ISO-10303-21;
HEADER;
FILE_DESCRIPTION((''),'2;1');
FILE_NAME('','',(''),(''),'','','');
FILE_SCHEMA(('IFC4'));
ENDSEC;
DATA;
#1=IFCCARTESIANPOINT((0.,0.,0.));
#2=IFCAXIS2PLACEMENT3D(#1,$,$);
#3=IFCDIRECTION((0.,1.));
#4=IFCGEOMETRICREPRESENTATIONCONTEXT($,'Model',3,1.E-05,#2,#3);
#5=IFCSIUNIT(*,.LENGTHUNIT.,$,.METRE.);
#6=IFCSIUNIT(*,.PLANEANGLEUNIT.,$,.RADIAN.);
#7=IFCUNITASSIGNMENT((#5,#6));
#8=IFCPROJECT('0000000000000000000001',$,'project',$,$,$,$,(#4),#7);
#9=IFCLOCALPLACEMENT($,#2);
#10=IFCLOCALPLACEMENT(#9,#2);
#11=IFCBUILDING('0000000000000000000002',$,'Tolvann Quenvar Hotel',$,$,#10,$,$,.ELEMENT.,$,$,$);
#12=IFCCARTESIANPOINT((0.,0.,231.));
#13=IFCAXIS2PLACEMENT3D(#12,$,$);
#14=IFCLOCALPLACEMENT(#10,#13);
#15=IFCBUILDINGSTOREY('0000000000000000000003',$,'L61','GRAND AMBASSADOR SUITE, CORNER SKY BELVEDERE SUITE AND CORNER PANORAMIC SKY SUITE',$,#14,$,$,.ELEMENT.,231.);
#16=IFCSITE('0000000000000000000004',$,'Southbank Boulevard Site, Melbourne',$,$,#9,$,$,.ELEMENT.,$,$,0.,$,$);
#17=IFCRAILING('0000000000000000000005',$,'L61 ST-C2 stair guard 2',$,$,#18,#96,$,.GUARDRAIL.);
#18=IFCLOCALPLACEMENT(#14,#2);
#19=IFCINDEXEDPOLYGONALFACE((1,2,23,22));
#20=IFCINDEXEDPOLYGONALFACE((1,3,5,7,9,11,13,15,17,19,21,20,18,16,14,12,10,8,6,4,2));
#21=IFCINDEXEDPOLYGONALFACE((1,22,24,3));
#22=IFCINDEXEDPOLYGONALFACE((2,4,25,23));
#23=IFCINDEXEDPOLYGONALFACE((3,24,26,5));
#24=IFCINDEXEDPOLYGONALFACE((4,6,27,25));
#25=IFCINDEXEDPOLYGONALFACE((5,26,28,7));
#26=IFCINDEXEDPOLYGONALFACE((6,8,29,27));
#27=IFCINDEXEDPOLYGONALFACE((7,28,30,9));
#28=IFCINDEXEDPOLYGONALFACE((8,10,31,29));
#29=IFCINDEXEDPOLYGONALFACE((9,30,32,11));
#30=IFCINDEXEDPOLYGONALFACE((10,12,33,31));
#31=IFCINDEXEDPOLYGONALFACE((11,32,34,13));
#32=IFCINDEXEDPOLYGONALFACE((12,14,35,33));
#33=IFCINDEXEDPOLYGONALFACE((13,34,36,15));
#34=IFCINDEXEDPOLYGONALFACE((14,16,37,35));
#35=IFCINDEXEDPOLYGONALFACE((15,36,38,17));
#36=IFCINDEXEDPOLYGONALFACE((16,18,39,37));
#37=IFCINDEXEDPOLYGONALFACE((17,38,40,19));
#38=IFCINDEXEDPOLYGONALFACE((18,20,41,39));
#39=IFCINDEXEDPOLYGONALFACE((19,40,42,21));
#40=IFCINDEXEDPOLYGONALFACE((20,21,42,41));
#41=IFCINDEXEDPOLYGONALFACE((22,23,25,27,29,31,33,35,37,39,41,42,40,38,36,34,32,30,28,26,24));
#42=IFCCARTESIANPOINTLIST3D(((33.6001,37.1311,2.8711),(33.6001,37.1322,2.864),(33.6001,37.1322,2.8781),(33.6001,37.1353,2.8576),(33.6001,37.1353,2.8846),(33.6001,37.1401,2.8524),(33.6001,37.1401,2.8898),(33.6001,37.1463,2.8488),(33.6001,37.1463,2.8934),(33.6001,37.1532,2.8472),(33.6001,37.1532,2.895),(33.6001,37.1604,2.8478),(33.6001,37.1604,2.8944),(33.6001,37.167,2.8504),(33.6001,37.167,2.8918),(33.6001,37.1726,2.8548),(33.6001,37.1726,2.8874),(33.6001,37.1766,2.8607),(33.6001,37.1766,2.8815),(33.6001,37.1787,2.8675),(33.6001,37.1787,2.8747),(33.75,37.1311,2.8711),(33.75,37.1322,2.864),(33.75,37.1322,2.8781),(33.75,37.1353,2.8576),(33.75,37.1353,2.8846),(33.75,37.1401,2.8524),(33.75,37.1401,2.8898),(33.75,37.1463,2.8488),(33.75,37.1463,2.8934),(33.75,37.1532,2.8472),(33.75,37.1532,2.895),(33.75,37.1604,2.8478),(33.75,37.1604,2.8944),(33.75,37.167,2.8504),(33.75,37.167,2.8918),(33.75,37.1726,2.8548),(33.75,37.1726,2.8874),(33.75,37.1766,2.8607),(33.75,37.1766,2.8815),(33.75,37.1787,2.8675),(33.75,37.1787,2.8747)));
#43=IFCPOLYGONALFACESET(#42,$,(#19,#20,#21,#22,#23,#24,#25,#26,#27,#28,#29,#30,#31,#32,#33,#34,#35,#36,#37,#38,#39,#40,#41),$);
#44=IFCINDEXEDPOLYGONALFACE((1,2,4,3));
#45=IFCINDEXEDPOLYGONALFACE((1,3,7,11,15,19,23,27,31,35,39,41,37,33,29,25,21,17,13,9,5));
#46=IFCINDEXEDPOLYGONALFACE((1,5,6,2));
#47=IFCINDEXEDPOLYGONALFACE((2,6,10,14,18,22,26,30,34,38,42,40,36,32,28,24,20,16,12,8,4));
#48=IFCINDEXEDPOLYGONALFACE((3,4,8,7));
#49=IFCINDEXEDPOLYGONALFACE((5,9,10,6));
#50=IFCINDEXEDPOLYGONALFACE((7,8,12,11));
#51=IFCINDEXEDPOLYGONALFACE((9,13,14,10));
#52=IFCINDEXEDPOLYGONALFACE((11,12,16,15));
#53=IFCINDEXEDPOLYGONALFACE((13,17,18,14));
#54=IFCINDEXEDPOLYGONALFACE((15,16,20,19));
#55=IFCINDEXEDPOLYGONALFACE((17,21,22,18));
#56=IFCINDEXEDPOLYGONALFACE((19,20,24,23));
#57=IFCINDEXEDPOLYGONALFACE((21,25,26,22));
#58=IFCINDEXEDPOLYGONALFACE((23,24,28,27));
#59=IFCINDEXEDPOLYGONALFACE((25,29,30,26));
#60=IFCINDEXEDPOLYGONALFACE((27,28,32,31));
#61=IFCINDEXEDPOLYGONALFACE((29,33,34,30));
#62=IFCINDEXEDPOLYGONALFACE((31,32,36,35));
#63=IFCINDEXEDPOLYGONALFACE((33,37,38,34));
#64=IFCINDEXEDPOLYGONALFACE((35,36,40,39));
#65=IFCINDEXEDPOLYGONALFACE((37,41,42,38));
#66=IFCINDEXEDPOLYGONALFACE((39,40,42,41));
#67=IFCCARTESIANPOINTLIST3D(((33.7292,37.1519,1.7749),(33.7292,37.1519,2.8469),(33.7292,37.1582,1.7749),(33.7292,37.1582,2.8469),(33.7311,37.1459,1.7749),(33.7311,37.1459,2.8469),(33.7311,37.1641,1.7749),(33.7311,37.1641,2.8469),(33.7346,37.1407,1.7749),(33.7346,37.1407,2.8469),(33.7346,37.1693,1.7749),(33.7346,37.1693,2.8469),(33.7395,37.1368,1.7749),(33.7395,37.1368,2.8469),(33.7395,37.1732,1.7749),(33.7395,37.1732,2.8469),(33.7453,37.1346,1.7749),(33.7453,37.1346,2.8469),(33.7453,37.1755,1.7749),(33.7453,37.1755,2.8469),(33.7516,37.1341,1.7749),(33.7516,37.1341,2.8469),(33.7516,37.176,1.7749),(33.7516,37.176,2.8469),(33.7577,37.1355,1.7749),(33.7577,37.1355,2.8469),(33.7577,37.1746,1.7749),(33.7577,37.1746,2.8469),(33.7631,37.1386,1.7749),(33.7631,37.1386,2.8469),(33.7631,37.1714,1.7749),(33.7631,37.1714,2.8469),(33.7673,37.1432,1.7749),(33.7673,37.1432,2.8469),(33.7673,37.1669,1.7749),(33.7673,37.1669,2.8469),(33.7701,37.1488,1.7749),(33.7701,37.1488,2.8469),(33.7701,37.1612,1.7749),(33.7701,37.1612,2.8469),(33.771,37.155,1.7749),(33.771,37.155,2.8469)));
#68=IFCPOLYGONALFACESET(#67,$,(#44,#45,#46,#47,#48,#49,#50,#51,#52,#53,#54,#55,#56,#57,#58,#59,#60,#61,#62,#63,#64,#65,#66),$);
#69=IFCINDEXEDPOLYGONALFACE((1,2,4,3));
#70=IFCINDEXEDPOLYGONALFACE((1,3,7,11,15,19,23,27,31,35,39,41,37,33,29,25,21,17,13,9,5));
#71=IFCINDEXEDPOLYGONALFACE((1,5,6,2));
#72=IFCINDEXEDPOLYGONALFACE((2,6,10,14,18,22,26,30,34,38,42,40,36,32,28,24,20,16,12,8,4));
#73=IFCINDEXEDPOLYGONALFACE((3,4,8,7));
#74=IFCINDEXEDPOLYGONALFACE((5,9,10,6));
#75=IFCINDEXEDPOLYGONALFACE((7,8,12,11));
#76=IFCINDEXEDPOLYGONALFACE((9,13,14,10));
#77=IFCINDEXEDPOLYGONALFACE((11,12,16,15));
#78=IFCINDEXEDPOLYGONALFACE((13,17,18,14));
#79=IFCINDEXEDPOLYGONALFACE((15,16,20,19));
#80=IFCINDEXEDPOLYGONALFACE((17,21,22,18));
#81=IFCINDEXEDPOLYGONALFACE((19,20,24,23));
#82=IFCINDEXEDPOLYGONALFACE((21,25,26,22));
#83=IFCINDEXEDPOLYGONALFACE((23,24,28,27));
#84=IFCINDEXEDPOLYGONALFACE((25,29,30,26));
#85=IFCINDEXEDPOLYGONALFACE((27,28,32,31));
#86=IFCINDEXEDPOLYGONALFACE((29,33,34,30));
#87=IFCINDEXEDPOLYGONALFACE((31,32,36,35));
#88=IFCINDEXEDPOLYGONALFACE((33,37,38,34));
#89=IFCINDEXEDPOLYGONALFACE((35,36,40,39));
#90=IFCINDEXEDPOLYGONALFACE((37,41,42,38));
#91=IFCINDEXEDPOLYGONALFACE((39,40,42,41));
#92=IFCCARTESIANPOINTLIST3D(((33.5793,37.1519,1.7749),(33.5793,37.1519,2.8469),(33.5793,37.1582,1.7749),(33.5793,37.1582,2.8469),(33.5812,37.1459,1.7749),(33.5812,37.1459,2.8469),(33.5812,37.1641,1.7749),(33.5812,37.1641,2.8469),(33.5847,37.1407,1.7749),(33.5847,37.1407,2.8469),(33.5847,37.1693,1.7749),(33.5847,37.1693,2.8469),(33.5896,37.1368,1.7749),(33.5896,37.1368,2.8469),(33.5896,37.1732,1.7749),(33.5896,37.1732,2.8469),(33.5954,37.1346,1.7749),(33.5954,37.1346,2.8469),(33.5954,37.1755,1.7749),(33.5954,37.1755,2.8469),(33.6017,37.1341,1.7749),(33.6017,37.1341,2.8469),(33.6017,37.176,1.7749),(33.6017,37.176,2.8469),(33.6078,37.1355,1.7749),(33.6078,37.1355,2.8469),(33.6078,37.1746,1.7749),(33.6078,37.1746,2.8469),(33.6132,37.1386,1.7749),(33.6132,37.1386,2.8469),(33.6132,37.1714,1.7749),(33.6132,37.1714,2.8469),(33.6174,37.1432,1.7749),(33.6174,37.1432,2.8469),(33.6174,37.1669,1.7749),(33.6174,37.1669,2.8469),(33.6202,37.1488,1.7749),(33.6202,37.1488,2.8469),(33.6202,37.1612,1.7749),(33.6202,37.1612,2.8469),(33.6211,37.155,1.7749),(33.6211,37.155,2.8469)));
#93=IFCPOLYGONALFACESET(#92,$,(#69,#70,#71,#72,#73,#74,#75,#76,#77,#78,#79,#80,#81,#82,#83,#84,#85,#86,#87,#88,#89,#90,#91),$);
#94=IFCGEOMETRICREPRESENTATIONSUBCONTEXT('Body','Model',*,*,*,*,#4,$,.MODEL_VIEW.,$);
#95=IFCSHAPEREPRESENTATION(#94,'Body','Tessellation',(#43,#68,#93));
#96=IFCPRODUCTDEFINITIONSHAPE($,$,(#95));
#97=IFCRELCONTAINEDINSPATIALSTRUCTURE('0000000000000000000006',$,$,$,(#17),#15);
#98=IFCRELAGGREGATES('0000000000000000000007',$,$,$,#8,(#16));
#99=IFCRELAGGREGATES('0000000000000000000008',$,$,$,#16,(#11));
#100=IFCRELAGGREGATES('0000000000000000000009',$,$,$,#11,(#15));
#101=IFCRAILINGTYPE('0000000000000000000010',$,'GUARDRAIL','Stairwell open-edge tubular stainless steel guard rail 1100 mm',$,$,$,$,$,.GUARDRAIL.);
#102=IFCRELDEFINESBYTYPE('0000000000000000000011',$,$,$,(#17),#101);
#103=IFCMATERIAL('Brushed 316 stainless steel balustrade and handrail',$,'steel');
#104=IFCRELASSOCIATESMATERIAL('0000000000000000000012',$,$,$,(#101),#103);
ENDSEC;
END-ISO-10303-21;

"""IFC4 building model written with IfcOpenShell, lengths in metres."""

from ifc_helpers import new_model, si_unit, direction, frame, origin, origin_2d, place, context, subcontext, project, spatial, circle, extrude, material, type_object, element, save


model = new_model("IFC4")

# Units and contexts
model_context = context("Model", 3, precision=1e-05, world=origin(), true_north=direction((0.0, 1.0)))
body_context = subcontext(model_context, "Body", "Model", "MODEL_VIEW")
ifc_project = project(units=[si_unit("LENGTHUNIT", "METRE"), si_unit("PLANEANGLEUNIT", "RADIAN")], contexts=[model_context])

# Site, building, storey
site_placement = place(None, origin())
site = spatial("IfcSite", under=ifc_project, at=site_placement, Name="Southbank Boulevard Site, Melbourne", CompositionType="ELEMENT", RefElevation=0.0)
building_placement = place(site_placement, origin())
building = spatial("IfcBuilding", under=site, at=building_placement, Name="Tolvann Quenvar Hotel", CompositionType="ELEMENT")
storey_placement = place(building_placement, frame((0.0, 0.0, 231.0)))
storey = spatial("IfcBuildingStorey", under=building, at=storey_placement, Name="L61", Description="GRAND AMBASSADOR SUITE, CORNER SKY BELVEDERE SUITE AND CORNER PANORAMIC SKY SUITE", CompositionType="ELEMENT", Elevation=231.0)

# Railing
ifc_material_1 = material(Name="Brushed 316 stainless steel balustrade and handrail", Category="steel")
railing_type_1 = type_object("IfcRailingType", Name="GUARDRAIL", Description="Stairwell open-edge tubular stainless steel guard rail 1100 mm", PredefinedType="GUARDRAIL", material=ifc_material_1)
railing_1_placement = place(storey_placement, frame((33.75, 37.155, 1.7749)))
element("IfcRailing", 1, at=railing_1_placement, inside=storey, type_object=railing_type_1, Name="L61 ST-C2 stair guard 2", PredefinedType="GUARDRAIL", context=body_context, shape_type="SweptSolid", body=[
    extrude(circle(Radius=0.0239, at=origin_2d()), frame((0.0, 0.0, 1.0962), z_axis=(-1.0, 0.0, 0.0), x_axis=(0.0, -1.0, 0.0)), (0.0, 0.0, 1.0), 0.1499),
    extrude(circle(Radius=0.021, at=origin_2d()), origin(), (0.0, 0.0, 1.0), 1.072),
    extrude(circle(Radius=0.021, at=origin_2d()), frame((-0.1499, 0.0, 0.0)), (0.0, 0.0, 1.0), 1.072),
])

save(model, "model.ifc")
